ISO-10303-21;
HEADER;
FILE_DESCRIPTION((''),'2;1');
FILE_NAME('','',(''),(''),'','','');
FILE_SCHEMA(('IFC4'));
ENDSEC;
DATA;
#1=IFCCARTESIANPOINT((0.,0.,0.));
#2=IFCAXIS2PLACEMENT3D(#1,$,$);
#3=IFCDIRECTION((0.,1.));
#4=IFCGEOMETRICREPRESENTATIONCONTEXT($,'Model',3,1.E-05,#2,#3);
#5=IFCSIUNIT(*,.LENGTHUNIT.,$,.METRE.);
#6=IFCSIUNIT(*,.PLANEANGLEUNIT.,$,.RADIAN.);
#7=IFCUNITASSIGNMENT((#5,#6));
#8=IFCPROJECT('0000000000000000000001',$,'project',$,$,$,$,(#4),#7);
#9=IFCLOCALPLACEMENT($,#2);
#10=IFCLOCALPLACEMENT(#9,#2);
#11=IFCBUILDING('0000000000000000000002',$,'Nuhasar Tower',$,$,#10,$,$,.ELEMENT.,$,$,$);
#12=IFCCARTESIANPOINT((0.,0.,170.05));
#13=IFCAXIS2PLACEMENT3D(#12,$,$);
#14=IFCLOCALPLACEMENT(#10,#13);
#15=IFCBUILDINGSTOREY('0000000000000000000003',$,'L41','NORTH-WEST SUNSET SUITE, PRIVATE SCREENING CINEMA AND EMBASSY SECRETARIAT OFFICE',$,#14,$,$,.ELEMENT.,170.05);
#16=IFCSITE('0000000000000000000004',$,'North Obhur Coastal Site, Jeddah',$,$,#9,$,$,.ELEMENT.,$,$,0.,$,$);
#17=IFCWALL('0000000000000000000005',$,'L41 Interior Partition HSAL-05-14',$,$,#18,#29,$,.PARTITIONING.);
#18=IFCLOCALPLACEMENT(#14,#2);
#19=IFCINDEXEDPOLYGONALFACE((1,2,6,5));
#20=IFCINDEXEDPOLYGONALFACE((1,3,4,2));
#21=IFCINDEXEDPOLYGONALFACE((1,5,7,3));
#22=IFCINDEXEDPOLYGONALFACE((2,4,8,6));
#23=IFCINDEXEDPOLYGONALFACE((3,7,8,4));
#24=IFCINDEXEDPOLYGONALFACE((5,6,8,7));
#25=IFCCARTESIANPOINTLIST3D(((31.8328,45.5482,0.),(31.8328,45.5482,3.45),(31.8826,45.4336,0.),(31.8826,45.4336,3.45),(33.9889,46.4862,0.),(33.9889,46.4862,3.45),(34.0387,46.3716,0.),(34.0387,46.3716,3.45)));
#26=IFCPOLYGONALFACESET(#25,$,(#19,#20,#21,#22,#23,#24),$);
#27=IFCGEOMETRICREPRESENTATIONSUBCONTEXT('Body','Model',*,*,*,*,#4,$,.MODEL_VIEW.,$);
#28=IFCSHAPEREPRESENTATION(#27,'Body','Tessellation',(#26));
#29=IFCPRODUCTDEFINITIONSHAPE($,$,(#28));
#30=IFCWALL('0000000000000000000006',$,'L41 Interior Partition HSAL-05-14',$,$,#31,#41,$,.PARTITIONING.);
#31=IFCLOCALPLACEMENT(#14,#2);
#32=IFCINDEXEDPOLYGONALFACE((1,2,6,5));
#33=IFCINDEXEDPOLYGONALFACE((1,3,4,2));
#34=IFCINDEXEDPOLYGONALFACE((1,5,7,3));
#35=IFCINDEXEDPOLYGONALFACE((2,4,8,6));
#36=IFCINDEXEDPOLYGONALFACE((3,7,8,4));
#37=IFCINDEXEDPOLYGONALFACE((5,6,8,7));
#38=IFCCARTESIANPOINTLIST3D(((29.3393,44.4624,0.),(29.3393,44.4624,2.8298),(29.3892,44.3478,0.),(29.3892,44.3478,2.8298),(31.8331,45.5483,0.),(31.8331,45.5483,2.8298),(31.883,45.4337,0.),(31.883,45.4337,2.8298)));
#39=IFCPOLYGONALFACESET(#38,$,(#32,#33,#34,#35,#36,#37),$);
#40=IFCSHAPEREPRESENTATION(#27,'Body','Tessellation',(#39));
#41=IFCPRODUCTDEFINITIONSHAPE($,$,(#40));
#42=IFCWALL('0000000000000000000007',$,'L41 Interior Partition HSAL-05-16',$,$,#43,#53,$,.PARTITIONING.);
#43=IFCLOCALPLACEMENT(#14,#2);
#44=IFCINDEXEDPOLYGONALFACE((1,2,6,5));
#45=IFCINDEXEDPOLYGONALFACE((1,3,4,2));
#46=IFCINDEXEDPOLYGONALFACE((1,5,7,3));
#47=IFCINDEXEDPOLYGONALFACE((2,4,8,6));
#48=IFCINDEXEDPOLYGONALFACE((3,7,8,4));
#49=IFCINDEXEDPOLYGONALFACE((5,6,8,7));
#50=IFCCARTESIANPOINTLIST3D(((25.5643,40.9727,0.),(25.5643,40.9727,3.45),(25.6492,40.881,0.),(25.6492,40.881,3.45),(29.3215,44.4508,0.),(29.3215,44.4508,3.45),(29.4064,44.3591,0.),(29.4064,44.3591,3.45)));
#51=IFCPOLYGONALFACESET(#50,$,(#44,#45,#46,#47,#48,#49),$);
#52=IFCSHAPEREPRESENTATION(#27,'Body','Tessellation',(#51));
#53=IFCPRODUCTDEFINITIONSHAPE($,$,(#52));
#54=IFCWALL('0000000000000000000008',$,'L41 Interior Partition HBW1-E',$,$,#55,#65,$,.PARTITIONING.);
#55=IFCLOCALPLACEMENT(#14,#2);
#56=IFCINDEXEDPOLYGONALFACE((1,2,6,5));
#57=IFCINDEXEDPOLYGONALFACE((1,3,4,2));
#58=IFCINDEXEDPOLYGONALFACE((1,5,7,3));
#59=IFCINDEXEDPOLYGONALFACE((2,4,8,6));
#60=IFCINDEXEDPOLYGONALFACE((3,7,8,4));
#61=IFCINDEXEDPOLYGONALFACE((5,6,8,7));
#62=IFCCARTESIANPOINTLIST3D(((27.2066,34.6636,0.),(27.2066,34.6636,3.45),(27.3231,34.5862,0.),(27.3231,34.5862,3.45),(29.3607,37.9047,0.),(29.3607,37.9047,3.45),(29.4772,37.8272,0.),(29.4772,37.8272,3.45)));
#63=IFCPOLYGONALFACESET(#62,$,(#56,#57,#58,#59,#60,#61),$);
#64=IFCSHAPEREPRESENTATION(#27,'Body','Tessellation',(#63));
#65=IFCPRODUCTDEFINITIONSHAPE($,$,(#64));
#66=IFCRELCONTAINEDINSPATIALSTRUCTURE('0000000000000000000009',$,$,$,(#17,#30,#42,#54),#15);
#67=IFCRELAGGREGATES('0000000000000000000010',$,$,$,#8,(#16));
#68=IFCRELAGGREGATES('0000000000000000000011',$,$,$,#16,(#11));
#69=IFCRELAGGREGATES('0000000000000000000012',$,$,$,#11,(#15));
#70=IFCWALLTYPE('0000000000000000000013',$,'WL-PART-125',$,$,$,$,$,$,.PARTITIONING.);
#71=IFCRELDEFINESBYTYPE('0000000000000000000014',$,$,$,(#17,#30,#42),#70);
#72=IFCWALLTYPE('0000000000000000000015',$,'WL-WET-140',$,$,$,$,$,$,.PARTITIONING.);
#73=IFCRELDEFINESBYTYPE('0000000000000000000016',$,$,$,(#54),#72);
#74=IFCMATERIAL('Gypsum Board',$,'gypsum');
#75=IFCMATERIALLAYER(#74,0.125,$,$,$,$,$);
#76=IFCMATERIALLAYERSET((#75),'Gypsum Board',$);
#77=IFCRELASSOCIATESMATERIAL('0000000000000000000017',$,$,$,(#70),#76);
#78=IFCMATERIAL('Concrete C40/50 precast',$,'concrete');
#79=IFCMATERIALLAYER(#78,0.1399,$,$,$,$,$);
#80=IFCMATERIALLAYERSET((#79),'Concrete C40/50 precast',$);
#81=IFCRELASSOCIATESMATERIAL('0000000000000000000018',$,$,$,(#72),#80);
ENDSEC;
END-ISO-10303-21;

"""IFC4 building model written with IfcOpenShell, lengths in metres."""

from ifc_helpers import new_model, si_unit, direction, frame, frame_2d, origin, place, context, subcontext, project, spatial, rectangle, extrude, material, layer, layer_set, type_object, element, save


model = new_model("IFC4")

# Units and contexts
model_context = context("Model", 3, precision=1e-05, world=origin(), true_north=direction((0.0, 1.0)))
body_context = subcontext(model_context, "Body", "Model", "MODEL_VIEW")
ifc_project = project(units=[si_unit("LENGTHUNIT", "METRE"), si_unit("PLANEANGLEUNIT", "RADIAN")], contexts=[model_context])

# Site, building, storey
site_placement = place(None, origin())
site = spatial("IfcSite", under=ifc_project, at=site_placement, Name="North Obhur Coastal Site, Jeddah", CompositionType="ELEMENT", RefElevation=0.0)
building_placement = place(site_placement, origin())
building = spatial("IfcBuilding", under=site, at=building_placement, Name="Nuhasar Tower", CompositionType="ELEMENT")
storey_placement = place(building_placement, frame((0.0, 0.0, 170.05)))
storey = spatial("IfcBuildingStorey", under=building, at=storey_placement, Name="L41", Description="NORTH-WEST SUNSET SUITE, PRIVATE SCREENING CINEMA AND EMBASSY SECRETARIAT OFFICE", CompositionType="ELEMENT", Elevation=170.05)

# Shared definitions
ifc_material_1 = material(Name="Gypsum Board", Category="gypsum")

# Shared definitions
ifc_layer_1 = layer(ifc_material_1, 0.125)
ifc_layer_set_1 = layer_set([ifc_layer_1], Name="Gypsum Board")
wall_type_1 = type_object("IfcWallType", Name="WL-PART-125", PredefinedType="PARTITIONING", material=ifc_layer_set_1)

# Walls
wall_1_placement = place(storey_placement, frame((34.0139, 46.429, 0.0), z_axis=(0.0, 0.0, 1.0), x_axis=(-0.916978, -0.398939, 0.0)))
element("IfcWall", 1, at=wall_1_placement, inside=storey, type_object=wall_type_1, Name="L41 Interior Partition HSAL-05-14", PredefinedType="PARTITIONING", context=body_context, shape_type="SweptSolid", body=[
    extrude(rectangle(XDim=2.3513, YDim=0.125, at=frame_2d((1.1758, 0.0))), origin(), (0.0, 0.0, 1.0), 3.45),
])
wall_2_placement = place(storey_placement, frame((31.8579, 45.491, 0.0), z_axis=(0.0, 0.0, 1.0), x_axis=(-0.91685, -0.399231, 0.0)))
element("IfcWall", 2, at=wall_2_placement, inside=storey, type_object=wall_type_1, Name="L41 Interior Partition HSAL-05-14", PredefinedType="PARTITIONING", context=body_context, shape_type="SweptSolid", body=[
    extrude(rectangle(XDim=2.72, YDim=0.125, at=frame_2d((1.3599, 0.0))), origin(), (0.0, 0.0, 1.0), 2.8298),
])
wall_3_placement = place(storey_placement, frame((29.364, 44.405, 0.0), z_axis=(0.0, 0.0, 1.0), x_axis=(-0.733834, -0.679329, 0.0)))
element("IfcWall", 3, at=wall_3_placement, inside=storey, type_object=wall_type_1, Name="L41 Interior Partition HSAL-05-16", PredefinedType="PARTITIONING", context=body_context, shape_type="SweptSolid", body=[
    extrude(rectangle(XDim=5.1199, YDim=0.125, at=frame_2d((2.5601, 0.0))), origin(), (0.0, 0.0, 1.0), 3.45),
])
ifc_material_2 = material(Name="Concrete C40/50 precast", Category="concrete")
ifc_layer_2 = layer(ifc_material_2, 0.1399)
ifc_layer_set_2 = layer_set([ifc_layer_2], Name="Concrete C40/50 precast")
wall_type_2 = type_object("IfcWallType", Name="WL-WET-140", PredefinedType="PARTITIONING", material=ifc_layer_set_2)
wall_4_placement = place(storey_placement, frame((29.4189, 37.866, 0.0), z_axis=(0.0, 0.0, 1.0), x_axis=(-0.553527, -0.832831, 0.0)))
element("IfcWall", 4, at=wall_4_placement, inside=storey, type_object=wall_type_2, Name="L41 Interior Partition HBW1-E", PredefinedType="PARTITIONING", context=body_context, shape_type="SweptSolid", body=[
    extrude(rectangle(XDim=3.8916, YDim=0.1399, at=frame_2d((1.9458, 0.0))), origin(), (0.0, 0.0, 1.0), 3.45),
])

save(model, "model.ifc")
